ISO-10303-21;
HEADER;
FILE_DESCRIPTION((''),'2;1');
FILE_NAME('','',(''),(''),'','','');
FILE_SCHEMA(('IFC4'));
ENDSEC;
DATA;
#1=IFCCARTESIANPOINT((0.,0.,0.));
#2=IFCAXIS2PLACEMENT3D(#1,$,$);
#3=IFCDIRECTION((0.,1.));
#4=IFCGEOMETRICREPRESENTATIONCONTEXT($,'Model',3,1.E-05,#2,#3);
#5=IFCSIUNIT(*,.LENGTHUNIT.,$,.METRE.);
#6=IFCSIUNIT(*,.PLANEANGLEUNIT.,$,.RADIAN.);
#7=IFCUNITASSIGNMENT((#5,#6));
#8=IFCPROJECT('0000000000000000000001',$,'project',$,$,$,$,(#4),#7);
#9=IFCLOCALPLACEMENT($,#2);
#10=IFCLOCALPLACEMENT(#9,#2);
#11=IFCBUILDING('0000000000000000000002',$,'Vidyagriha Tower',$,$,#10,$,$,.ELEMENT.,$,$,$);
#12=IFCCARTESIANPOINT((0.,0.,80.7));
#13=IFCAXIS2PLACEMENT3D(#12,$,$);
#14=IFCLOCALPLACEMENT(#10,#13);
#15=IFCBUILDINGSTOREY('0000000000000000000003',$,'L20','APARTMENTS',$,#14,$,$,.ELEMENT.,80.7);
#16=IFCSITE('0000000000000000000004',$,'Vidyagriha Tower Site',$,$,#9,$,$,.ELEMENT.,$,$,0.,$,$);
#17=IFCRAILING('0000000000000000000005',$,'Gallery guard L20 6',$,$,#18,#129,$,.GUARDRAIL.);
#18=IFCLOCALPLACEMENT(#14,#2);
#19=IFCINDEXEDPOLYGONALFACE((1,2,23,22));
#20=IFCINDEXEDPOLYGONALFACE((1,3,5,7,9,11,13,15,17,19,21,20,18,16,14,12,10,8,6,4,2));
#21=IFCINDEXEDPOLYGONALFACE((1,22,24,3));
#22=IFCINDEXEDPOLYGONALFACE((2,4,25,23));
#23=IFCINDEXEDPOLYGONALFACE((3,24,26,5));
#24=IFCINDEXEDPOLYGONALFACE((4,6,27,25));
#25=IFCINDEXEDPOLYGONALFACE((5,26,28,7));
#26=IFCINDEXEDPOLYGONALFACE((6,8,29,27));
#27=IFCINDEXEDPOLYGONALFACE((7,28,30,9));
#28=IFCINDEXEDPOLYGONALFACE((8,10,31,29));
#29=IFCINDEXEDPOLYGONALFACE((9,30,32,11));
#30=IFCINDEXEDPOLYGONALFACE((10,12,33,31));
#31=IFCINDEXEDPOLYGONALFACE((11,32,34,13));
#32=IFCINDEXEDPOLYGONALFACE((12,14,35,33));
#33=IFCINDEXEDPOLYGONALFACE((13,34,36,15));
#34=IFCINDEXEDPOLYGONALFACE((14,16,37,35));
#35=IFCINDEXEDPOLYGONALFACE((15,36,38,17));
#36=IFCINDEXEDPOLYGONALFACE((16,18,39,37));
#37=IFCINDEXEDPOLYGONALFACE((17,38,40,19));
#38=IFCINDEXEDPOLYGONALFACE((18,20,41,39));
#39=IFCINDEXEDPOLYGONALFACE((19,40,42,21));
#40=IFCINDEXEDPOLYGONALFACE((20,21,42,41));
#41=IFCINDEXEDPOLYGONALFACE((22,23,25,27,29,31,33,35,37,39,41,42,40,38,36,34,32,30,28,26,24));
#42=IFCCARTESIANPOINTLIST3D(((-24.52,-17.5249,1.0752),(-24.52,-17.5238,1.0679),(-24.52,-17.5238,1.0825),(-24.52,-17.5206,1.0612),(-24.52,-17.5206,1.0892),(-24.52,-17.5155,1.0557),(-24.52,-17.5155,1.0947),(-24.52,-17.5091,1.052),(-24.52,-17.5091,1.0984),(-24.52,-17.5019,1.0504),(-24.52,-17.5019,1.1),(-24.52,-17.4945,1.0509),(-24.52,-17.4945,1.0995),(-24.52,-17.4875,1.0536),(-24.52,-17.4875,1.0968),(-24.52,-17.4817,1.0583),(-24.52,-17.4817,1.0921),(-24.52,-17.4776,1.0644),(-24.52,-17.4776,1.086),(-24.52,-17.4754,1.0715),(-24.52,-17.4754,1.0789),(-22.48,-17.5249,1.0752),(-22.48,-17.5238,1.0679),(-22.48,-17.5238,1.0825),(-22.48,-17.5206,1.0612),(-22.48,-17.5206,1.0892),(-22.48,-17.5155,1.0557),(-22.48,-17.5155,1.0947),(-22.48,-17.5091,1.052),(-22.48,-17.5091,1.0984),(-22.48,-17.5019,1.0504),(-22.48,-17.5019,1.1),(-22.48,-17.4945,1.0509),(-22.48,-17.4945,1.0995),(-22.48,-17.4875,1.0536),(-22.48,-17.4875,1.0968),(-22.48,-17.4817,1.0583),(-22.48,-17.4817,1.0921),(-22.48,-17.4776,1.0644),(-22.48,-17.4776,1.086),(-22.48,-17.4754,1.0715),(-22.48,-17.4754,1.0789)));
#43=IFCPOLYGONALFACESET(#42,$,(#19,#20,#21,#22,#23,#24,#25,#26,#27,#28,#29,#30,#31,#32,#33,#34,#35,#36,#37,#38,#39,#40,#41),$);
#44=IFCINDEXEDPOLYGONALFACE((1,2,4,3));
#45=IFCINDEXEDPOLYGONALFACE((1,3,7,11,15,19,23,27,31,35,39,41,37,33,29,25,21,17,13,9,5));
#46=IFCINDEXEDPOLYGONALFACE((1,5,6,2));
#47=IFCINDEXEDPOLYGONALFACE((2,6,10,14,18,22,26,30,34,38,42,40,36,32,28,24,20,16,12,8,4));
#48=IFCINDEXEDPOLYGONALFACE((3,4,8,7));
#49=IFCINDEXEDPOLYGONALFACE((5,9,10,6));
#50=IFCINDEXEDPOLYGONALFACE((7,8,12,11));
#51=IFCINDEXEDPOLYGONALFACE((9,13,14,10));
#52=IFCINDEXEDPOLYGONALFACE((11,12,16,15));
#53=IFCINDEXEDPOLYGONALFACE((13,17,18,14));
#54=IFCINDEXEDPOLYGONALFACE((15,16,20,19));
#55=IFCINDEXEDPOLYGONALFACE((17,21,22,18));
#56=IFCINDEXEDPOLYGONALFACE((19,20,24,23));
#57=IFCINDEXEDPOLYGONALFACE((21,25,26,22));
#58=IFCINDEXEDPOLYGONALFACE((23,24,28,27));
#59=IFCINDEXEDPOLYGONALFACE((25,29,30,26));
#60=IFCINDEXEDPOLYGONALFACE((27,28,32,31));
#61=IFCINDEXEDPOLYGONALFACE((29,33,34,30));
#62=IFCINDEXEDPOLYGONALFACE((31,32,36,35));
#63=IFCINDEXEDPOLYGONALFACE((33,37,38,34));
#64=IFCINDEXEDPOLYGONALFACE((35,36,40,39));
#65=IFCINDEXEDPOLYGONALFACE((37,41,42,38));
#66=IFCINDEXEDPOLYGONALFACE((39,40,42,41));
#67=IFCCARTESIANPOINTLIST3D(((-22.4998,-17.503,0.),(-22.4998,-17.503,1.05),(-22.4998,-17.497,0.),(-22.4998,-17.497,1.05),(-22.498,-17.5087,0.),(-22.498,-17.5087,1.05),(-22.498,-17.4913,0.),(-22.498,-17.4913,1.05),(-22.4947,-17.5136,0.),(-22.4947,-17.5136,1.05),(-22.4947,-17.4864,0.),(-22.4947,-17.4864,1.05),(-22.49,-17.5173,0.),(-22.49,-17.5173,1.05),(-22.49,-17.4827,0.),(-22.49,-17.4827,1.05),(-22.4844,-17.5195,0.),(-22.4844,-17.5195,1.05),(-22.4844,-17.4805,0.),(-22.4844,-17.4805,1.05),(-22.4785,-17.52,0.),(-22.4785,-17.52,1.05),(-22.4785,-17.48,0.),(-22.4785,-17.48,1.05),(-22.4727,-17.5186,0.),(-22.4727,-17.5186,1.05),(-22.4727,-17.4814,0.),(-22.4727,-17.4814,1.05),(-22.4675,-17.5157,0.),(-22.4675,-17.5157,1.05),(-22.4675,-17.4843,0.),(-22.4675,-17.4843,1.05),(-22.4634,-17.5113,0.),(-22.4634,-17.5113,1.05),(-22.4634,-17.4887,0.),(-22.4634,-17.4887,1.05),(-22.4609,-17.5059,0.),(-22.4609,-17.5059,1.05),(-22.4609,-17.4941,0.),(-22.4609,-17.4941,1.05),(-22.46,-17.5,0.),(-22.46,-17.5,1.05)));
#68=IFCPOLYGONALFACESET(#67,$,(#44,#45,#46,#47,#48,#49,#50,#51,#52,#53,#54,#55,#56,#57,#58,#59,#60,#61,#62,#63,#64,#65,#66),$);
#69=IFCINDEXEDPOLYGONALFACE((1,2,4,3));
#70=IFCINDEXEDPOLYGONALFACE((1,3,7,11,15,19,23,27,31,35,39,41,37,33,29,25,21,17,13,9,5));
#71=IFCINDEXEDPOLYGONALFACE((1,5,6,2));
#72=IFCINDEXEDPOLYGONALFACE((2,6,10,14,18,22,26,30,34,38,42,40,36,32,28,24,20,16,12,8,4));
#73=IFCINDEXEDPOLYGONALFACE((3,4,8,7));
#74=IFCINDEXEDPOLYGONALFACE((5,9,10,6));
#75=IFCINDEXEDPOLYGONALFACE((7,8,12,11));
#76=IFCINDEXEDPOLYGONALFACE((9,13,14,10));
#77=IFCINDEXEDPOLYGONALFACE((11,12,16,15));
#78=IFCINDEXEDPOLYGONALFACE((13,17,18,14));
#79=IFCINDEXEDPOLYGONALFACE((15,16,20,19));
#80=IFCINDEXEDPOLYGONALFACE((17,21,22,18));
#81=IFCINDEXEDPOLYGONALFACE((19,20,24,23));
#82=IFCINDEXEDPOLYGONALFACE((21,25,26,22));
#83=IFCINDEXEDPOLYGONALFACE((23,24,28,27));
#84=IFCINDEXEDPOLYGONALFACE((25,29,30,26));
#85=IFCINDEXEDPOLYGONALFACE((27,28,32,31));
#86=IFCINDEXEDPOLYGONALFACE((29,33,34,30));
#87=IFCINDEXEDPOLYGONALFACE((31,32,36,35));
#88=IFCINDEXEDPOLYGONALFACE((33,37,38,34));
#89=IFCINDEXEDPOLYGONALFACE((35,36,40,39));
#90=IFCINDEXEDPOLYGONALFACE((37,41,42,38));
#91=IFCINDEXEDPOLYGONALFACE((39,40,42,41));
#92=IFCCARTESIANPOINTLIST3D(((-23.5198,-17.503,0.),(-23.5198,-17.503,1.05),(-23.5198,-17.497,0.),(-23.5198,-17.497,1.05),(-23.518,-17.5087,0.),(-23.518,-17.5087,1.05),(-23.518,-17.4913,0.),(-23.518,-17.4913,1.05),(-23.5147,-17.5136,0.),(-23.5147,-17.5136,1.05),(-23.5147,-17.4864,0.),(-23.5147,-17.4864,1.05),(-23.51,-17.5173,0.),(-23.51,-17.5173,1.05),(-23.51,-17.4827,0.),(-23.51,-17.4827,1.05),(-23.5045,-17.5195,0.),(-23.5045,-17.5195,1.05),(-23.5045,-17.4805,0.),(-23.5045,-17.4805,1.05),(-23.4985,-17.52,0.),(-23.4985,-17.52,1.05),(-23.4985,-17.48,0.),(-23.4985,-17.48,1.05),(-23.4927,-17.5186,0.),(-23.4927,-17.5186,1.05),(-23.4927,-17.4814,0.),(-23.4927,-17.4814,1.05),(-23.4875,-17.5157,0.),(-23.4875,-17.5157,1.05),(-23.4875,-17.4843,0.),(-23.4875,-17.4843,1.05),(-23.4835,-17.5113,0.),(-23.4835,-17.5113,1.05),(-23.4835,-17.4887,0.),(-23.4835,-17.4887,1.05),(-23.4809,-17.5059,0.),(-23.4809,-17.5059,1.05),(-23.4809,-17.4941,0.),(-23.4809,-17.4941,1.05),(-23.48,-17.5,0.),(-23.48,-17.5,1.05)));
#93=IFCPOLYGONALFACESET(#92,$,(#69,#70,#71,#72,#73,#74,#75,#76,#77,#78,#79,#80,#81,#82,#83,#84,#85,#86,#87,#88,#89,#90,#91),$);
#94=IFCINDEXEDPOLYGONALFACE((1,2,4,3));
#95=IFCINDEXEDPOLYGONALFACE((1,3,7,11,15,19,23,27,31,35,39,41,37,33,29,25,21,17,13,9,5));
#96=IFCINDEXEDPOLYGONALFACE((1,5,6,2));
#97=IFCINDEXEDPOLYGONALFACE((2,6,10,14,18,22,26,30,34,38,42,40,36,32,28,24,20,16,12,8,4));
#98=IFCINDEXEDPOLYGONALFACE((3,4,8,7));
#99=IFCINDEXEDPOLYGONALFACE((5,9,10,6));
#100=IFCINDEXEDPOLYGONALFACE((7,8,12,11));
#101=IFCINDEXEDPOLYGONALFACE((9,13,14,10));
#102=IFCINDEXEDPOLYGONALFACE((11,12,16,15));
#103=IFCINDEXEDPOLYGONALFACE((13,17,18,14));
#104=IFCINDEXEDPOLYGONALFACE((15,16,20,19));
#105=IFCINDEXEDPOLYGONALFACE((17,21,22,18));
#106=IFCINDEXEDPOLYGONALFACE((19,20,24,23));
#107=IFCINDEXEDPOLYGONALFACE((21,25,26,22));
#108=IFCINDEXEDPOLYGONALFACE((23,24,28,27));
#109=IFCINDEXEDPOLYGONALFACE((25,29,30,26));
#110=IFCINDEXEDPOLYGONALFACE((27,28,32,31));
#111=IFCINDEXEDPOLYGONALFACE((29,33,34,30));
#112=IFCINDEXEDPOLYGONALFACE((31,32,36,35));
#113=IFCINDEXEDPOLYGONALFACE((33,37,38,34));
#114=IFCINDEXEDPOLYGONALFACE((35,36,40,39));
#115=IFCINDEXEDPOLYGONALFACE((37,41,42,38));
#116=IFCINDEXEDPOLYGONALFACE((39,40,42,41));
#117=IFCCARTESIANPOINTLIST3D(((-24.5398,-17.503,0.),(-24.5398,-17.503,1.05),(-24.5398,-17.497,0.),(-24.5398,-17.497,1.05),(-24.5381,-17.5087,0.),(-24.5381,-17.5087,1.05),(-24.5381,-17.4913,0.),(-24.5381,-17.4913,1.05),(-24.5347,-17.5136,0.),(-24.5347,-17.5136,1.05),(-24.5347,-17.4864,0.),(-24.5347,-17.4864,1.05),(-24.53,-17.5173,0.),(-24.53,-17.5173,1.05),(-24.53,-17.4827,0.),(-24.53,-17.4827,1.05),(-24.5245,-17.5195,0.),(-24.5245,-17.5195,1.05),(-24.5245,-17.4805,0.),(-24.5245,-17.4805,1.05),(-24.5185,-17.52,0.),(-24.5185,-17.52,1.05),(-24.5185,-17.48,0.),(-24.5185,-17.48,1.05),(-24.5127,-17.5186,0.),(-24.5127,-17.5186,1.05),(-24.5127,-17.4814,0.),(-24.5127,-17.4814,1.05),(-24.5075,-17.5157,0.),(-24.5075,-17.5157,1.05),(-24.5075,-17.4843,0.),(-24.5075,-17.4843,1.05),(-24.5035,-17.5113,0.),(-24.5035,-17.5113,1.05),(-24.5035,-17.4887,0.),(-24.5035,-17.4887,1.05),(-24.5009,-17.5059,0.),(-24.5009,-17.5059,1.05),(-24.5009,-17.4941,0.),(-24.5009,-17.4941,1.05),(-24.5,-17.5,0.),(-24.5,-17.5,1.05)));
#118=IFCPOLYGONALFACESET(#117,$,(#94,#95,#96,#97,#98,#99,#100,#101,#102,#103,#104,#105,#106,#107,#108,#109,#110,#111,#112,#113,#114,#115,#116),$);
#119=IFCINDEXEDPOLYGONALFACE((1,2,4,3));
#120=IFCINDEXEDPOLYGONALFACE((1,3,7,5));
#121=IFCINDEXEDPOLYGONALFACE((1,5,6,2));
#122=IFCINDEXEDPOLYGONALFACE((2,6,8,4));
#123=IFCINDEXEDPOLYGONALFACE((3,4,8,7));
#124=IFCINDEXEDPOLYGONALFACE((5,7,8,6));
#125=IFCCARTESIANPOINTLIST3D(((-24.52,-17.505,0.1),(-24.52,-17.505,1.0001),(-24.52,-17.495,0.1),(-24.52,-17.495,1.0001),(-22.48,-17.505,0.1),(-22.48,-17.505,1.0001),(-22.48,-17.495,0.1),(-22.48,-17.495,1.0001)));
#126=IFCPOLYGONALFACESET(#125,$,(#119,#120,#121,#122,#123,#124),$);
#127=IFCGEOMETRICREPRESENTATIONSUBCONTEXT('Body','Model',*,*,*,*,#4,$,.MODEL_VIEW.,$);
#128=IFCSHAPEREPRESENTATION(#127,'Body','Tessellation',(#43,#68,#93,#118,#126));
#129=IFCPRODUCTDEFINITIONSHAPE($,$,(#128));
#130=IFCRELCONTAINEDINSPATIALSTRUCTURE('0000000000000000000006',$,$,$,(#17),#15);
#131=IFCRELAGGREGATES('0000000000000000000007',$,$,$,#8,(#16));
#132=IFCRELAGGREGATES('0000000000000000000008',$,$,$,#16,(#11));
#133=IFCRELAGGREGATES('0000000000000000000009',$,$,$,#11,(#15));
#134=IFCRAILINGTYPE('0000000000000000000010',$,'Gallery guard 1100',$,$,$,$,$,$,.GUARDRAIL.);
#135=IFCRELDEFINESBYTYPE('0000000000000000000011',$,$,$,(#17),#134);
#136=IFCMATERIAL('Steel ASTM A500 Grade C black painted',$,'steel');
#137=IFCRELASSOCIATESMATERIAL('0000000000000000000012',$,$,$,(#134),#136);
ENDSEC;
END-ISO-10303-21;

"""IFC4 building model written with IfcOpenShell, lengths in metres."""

from ifc_helpers import new_model, si_unit, direction, frame, origin, origin_2d, place, context, subcontext, project, spatial, rectangle, circle, extrude, material, type_object, element, save


model = new_model("IFC4")

# Units and contexts
model_context = context("Model", 3, precision=1e-05, world=origin(), true_north=direction((0.0, 1.0)))
body_context = subcontext(model_context, "Body", "Model", "MODEL_VIEW")
ifc_project = project(units=[si_unit("LENGTHUNIT", "METRE"), si_unit("PLANEANGLEUNIT", "RADIAN")], contexts=[model_context])

# Site, building, storey
site_placement = place(None, origin())
site = spatial("IfcSite", under=ifc_project, at=site_placement, Name="Vidyagriha Tower Site", CompositionType="ELEMENT", RefElevation=0.0)
building_placement = place(site_placement, origin())
building = spatial("IfcBuilding", under=site, at=building_placement, Name="Vidyagriha Tower", CompositionType="ELEMENT")
storey_placement = place(building_placement, frame((0.0, 0.0, 80.7)))
storey = spatial("IfcBuildingStorey", under=building, at=storey_placement, Name="L20", Description="APARTMENTS", CompositionType="ELEMENT", Elevation=80.7)

# Railing
ifc_material_1 = material(Name="Steel ASTM A500 Grade C black painted", Category="steel")
railing_type_1 = type_object("IfcRailingType", Name="Gallery guard 1100", PredefinedType="GUARDRAIL", material=ifc_material_1)
railing_1_placement = place(storey_placement, frame((-22.48, -17.5, 0.0)))
element("IfcRailing", 1, at=railing_1_placement, inside=storey, type_object=railing_type_1, Name="Gallery guard L20 6", PredefinedType="GUARDRAIL", context=body_context, shape_type="SweptSolid", body=[
    extrude(circle(Radius=0.0249, at=origin_2d()), frame((0.0, 0.0, 1.0752), z_axis=(-1.0, 0.0, 0.0), x_axis=(0.0, -1.0, 0.0)), (0.0, 0.0, 1.0), 2.04),
    extrude(circle(Radius=0.02, at=origin_2d()), origin(), (0.0, 0.0, 1.0), 1.05),
    extrude(circle(Radius=0.02, at=origin_2d()), frame((-1.02, 0.0, 0.0)), (0.0, 0.0, 1.0), 1.05),
    extrude(circle(Radius=0.02, at=origin_2d()), frame((-2.04, 0.0, 0.0)), (0.0, 0.0, 1.0), 1.05),
    extrude(rectangle(XDim=0.01, YDim=0.9001, at=origin_2d()), frame((0.0, 0.0, 0.55), z_axis=(-1.0, 0.0, 0.0), x_axis=(0.0, -1.0, 0.0)), (0.0, 0.0, 1.0), 2.04),
])

save(model, "model.ifc")
